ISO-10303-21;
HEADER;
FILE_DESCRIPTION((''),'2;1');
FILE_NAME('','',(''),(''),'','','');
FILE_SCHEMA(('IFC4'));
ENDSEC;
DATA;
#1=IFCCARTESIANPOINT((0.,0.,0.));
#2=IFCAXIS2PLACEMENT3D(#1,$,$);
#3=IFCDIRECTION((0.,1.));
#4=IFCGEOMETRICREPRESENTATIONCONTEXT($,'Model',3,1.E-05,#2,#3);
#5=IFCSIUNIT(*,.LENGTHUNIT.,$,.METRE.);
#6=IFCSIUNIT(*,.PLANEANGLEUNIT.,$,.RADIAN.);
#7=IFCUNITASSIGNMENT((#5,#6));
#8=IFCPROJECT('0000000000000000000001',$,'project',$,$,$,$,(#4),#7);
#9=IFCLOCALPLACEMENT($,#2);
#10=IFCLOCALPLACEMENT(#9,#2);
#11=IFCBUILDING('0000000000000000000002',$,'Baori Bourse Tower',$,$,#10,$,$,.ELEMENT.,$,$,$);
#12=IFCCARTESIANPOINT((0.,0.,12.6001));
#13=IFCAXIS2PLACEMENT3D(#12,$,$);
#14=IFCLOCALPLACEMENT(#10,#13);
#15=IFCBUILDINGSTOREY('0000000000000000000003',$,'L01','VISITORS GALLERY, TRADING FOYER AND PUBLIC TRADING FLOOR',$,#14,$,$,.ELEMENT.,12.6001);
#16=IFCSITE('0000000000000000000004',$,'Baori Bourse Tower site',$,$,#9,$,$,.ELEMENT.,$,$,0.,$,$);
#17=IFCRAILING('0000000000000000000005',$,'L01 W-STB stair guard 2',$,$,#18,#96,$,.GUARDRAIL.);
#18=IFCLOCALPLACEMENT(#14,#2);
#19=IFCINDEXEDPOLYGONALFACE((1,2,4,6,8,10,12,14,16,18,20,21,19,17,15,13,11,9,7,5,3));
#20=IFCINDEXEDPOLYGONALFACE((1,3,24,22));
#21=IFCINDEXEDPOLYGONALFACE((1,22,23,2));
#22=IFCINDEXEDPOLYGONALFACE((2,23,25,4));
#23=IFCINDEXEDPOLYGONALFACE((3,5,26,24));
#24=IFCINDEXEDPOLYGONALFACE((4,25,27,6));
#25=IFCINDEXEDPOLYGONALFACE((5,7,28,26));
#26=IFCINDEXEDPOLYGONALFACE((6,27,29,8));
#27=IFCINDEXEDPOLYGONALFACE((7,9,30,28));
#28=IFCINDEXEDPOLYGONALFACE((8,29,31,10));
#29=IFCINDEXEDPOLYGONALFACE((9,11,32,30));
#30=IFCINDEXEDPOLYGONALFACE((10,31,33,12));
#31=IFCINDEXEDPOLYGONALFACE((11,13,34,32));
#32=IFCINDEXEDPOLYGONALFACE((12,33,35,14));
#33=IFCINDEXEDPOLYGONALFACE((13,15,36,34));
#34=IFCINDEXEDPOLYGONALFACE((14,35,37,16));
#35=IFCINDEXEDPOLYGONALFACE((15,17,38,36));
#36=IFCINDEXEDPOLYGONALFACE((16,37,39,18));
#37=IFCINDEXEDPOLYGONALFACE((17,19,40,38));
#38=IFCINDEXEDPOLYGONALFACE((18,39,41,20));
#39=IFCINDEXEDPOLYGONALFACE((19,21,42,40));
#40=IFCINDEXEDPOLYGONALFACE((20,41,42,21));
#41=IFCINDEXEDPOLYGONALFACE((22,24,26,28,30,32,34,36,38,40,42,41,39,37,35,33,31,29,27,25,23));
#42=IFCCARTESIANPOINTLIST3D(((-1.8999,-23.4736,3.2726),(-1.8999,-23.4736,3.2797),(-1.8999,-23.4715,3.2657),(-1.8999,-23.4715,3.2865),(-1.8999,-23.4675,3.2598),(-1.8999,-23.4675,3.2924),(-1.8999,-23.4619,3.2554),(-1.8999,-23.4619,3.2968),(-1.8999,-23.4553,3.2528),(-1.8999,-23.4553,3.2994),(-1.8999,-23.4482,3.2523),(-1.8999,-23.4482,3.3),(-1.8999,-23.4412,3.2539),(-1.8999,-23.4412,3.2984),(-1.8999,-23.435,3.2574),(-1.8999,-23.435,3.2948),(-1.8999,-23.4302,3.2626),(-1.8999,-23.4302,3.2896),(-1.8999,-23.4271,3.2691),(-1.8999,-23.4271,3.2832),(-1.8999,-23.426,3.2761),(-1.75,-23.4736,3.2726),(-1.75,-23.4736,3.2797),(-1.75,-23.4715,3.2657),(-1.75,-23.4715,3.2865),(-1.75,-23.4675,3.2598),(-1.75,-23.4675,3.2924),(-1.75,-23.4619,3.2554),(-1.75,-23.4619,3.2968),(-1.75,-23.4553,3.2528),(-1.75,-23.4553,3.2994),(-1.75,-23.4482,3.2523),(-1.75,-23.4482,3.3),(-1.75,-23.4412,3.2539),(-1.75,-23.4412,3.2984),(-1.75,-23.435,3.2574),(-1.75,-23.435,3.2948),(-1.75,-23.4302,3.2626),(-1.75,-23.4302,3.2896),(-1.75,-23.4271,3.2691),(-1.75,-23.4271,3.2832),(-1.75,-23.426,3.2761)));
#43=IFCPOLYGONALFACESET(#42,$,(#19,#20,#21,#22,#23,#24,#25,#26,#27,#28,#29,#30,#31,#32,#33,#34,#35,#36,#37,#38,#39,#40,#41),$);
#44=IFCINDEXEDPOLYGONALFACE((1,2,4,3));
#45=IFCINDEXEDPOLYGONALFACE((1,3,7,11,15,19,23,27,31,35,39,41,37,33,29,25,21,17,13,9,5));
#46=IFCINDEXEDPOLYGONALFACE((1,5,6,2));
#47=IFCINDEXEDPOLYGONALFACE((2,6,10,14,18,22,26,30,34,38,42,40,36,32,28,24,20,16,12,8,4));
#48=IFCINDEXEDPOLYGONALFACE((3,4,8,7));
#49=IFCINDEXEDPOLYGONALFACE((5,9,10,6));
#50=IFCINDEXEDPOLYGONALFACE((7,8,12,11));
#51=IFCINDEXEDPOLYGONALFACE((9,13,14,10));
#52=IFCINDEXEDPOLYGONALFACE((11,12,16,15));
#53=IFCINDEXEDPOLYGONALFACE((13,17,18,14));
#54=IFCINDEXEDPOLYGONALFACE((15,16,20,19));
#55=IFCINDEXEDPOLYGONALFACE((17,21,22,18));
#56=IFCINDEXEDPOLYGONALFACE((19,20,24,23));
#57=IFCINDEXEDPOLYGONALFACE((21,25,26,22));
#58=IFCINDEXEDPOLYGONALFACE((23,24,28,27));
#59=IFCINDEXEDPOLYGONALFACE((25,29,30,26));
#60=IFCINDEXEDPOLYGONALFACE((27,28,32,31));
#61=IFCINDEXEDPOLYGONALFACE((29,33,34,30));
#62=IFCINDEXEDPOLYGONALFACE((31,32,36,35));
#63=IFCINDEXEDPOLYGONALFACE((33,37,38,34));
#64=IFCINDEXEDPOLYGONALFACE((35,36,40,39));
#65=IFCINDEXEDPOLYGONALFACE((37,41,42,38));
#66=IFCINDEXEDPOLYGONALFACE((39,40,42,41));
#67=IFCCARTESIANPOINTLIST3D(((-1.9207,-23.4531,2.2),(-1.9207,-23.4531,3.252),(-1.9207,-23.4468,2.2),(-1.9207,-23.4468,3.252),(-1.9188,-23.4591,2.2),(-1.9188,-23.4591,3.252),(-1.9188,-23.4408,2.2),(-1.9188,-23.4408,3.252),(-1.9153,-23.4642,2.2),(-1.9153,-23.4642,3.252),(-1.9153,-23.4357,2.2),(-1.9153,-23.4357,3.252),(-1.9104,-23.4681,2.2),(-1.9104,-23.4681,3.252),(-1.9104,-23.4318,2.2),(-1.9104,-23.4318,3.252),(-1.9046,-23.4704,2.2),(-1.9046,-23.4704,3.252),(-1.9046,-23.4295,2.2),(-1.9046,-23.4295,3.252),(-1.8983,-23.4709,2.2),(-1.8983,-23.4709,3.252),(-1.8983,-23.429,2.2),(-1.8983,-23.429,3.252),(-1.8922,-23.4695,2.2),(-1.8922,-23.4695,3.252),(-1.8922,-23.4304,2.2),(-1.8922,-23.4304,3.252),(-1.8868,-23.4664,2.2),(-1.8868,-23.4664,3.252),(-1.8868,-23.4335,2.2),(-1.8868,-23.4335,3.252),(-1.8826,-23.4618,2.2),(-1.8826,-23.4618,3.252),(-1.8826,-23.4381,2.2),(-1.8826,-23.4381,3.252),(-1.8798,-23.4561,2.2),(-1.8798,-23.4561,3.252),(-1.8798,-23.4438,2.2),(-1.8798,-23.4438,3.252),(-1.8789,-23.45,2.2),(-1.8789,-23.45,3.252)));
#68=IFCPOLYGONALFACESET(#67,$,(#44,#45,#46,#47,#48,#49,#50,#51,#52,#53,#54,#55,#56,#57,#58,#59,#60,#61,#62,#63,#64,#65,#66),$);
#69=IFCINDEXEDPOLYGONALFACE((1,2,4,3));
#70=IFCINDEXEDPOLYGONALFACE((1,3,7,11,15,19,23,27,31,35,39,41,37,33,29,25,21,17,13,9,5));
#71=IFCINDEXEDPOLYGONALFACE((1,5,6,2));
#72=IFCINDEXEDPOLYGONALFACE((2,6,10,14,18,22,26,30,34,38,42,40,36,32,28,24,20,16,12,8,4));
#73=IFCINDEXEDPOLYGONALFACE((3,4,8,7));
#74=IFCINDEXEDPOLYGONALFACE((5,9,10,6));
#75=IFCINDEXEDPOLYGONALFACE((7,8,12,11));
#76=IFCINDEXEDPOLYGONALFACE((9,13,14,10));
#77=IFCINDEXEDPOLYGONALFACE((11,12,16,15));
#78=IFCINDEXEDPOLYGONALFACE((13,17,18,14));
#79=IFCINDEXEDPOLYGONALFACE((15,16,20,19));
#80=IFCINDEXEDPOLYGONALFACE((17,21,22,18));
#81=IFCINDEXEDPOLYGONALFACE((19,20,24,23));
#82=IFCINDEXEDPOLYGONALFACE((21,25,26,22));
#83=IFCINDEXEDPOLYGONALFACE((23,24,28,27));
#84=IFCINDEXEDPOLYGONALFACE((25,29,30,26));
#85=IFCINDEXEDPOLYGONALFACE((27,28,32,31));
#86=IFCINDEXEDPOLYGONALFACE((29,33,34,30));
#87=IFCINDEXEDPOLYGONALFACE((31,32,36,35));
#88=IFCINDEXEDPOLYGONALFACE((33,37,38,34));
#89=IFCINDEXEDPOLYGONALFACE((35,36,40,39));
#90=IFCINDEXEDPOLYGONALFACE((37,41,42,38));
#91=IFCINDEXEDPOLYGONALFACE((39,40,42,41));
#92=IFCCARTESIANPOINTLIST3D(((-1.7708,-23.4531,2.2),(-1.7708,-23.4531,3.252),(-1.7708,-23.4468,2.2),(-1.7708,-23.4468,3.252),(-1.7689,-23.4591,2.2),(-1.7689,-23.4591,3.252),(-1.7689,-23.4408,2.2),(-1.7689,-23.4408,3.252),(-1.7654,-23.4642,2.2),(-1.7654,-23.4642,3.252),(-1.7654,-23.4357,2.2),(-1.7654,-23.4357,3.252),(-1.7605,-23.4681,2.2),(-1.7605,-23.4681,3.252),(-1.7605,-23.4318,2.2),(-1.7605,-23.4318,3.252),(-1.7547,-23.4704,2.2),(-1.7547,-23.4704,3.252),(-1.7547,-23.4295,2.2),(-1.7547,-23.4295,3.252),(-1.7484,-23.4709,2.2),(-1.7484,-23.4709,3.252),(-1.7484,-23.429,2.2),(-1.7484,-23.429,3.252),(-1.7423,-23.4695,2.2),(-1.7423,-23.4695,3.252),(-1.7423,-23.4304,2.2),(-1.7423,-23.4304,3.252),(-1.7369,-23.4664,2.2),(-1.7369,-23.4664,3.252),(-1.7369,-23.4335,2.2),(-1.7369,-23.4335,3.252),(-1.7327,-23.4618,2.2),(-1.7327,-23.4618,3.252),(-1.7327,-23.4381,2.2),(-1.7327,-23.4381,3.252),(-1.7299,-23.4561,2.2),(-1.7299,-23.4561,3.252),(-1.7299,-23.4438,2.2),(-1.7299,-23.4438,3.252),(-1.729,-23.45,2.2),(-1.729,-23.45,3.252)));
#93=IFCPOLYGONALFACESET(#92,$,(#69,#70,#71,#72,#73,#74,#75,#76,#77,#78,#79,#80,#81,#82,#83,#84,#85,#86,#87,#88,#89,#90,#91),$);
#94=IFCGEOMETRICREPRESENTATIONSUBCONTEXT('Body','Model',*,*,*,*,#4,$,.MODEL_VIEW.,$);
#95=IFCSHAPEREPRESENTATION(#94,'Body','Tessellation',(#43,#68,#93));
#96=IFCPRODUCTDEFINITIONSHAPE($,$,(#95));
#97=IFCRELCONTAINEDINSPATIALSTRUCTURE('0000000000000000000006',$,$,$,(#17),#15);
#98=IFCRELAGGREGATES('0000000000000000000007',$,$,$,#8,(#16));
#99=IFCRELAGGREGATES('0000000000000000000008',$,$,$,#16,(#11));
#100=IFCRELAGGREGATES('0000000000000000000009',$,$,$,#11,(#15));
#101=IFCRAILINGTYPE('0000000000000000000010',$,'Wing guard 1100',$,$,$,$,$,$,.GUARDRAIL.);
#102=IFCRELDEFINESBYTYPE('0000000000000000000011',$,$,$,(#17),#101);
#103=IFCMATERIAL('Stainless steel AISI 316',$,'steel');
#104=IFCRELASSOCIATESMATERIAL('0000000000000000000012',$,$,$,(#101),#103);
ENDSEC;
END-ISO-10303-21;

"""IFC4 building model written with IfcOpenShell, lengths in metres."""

from ifc_helpers import new_model, si_unit, direction, frame, origin, origin_2d, place, context, subcontext, project, spatial, circle, extrude, material, type_object, element, save


model = new_model("IFC4")

# Units and contexts
model_context = context("Model", 3, precision=1e-05, world=origin(), true_north=direction((0.0, 1.0)))
body_context = subcontext(model_context, "Body", "Model", "MODEL_VIEW")
ifc_project = project(units=[si_unit("LENGTHUNIT", "METRE"), si_unit("PLANEANGLEUNIT", "RADIAN")], contexts=[model_context])

# Site, building, storey
site_placement = place(None, origin())
site = spatial("IfcSite", under=ifc_project, at=site_placement, Name="Baori Bourse Tower site", CompositionType="ELEMENT", RefElevation=0.0)
building_placement = place(site_placement, origin())
building = spatial("IfcBuilding", under=site, at=building_placement, Name="Baori Bourse Tower", CompositionType="ELEMENT")
storey_placement = place(building_placement, frame((0.0, 0.0, 12.6001)))
storey = spatial("IfcBuildingStorey", under=building, at=storey_placement, Name="L01", Description="VISITORS GALLERY, TRADING FOYER AND PUBLIC TRADING FLOOR", CompositionType="ELEMENT", Elevation=12.6001)

# Railing
ifc_material_1 = material(Name="Stainless steel AISI 316", Category="steel")
railing_type_1 = type_object("IfcRailingType", Name="Wing guard 1100", PredefinedType="GUARDRAIL", material=ifc_material_1)
railing_1_placement = place(storey_placement, frame((-1.8999, -23.45, 2.2)))
element("IfcRailing", 1, at=railing_1_placement, inside=storey, type_object=railing_type_1, Name="L01 W-STB stair guard 2", PredefinedType="GUARDRAIL", context=body_context, shape_type="SweptSolid", body=[
    extrude(circle(Radius=0.0239, at=origin_2d()), frame((0.0, 0.0, 1.0762), z_axis=(1.0, 0.0, 0.0), x_axis=(0.0, 1.0, 0.0)), (0.0, 0.0, 1.0), 0.1499),
    extrude(circle(Radius=0.021, at=origin_2d()), origin(), (0.0, 0.0, 1.0), 1.052),
    extrude(circle(Radius=0.021, at=origin_2d()), frame((0.1499, 0.0, 0.0)), (0.0, 0.0, 1.0), 1.052),
])

save(model, "model.ifc")
